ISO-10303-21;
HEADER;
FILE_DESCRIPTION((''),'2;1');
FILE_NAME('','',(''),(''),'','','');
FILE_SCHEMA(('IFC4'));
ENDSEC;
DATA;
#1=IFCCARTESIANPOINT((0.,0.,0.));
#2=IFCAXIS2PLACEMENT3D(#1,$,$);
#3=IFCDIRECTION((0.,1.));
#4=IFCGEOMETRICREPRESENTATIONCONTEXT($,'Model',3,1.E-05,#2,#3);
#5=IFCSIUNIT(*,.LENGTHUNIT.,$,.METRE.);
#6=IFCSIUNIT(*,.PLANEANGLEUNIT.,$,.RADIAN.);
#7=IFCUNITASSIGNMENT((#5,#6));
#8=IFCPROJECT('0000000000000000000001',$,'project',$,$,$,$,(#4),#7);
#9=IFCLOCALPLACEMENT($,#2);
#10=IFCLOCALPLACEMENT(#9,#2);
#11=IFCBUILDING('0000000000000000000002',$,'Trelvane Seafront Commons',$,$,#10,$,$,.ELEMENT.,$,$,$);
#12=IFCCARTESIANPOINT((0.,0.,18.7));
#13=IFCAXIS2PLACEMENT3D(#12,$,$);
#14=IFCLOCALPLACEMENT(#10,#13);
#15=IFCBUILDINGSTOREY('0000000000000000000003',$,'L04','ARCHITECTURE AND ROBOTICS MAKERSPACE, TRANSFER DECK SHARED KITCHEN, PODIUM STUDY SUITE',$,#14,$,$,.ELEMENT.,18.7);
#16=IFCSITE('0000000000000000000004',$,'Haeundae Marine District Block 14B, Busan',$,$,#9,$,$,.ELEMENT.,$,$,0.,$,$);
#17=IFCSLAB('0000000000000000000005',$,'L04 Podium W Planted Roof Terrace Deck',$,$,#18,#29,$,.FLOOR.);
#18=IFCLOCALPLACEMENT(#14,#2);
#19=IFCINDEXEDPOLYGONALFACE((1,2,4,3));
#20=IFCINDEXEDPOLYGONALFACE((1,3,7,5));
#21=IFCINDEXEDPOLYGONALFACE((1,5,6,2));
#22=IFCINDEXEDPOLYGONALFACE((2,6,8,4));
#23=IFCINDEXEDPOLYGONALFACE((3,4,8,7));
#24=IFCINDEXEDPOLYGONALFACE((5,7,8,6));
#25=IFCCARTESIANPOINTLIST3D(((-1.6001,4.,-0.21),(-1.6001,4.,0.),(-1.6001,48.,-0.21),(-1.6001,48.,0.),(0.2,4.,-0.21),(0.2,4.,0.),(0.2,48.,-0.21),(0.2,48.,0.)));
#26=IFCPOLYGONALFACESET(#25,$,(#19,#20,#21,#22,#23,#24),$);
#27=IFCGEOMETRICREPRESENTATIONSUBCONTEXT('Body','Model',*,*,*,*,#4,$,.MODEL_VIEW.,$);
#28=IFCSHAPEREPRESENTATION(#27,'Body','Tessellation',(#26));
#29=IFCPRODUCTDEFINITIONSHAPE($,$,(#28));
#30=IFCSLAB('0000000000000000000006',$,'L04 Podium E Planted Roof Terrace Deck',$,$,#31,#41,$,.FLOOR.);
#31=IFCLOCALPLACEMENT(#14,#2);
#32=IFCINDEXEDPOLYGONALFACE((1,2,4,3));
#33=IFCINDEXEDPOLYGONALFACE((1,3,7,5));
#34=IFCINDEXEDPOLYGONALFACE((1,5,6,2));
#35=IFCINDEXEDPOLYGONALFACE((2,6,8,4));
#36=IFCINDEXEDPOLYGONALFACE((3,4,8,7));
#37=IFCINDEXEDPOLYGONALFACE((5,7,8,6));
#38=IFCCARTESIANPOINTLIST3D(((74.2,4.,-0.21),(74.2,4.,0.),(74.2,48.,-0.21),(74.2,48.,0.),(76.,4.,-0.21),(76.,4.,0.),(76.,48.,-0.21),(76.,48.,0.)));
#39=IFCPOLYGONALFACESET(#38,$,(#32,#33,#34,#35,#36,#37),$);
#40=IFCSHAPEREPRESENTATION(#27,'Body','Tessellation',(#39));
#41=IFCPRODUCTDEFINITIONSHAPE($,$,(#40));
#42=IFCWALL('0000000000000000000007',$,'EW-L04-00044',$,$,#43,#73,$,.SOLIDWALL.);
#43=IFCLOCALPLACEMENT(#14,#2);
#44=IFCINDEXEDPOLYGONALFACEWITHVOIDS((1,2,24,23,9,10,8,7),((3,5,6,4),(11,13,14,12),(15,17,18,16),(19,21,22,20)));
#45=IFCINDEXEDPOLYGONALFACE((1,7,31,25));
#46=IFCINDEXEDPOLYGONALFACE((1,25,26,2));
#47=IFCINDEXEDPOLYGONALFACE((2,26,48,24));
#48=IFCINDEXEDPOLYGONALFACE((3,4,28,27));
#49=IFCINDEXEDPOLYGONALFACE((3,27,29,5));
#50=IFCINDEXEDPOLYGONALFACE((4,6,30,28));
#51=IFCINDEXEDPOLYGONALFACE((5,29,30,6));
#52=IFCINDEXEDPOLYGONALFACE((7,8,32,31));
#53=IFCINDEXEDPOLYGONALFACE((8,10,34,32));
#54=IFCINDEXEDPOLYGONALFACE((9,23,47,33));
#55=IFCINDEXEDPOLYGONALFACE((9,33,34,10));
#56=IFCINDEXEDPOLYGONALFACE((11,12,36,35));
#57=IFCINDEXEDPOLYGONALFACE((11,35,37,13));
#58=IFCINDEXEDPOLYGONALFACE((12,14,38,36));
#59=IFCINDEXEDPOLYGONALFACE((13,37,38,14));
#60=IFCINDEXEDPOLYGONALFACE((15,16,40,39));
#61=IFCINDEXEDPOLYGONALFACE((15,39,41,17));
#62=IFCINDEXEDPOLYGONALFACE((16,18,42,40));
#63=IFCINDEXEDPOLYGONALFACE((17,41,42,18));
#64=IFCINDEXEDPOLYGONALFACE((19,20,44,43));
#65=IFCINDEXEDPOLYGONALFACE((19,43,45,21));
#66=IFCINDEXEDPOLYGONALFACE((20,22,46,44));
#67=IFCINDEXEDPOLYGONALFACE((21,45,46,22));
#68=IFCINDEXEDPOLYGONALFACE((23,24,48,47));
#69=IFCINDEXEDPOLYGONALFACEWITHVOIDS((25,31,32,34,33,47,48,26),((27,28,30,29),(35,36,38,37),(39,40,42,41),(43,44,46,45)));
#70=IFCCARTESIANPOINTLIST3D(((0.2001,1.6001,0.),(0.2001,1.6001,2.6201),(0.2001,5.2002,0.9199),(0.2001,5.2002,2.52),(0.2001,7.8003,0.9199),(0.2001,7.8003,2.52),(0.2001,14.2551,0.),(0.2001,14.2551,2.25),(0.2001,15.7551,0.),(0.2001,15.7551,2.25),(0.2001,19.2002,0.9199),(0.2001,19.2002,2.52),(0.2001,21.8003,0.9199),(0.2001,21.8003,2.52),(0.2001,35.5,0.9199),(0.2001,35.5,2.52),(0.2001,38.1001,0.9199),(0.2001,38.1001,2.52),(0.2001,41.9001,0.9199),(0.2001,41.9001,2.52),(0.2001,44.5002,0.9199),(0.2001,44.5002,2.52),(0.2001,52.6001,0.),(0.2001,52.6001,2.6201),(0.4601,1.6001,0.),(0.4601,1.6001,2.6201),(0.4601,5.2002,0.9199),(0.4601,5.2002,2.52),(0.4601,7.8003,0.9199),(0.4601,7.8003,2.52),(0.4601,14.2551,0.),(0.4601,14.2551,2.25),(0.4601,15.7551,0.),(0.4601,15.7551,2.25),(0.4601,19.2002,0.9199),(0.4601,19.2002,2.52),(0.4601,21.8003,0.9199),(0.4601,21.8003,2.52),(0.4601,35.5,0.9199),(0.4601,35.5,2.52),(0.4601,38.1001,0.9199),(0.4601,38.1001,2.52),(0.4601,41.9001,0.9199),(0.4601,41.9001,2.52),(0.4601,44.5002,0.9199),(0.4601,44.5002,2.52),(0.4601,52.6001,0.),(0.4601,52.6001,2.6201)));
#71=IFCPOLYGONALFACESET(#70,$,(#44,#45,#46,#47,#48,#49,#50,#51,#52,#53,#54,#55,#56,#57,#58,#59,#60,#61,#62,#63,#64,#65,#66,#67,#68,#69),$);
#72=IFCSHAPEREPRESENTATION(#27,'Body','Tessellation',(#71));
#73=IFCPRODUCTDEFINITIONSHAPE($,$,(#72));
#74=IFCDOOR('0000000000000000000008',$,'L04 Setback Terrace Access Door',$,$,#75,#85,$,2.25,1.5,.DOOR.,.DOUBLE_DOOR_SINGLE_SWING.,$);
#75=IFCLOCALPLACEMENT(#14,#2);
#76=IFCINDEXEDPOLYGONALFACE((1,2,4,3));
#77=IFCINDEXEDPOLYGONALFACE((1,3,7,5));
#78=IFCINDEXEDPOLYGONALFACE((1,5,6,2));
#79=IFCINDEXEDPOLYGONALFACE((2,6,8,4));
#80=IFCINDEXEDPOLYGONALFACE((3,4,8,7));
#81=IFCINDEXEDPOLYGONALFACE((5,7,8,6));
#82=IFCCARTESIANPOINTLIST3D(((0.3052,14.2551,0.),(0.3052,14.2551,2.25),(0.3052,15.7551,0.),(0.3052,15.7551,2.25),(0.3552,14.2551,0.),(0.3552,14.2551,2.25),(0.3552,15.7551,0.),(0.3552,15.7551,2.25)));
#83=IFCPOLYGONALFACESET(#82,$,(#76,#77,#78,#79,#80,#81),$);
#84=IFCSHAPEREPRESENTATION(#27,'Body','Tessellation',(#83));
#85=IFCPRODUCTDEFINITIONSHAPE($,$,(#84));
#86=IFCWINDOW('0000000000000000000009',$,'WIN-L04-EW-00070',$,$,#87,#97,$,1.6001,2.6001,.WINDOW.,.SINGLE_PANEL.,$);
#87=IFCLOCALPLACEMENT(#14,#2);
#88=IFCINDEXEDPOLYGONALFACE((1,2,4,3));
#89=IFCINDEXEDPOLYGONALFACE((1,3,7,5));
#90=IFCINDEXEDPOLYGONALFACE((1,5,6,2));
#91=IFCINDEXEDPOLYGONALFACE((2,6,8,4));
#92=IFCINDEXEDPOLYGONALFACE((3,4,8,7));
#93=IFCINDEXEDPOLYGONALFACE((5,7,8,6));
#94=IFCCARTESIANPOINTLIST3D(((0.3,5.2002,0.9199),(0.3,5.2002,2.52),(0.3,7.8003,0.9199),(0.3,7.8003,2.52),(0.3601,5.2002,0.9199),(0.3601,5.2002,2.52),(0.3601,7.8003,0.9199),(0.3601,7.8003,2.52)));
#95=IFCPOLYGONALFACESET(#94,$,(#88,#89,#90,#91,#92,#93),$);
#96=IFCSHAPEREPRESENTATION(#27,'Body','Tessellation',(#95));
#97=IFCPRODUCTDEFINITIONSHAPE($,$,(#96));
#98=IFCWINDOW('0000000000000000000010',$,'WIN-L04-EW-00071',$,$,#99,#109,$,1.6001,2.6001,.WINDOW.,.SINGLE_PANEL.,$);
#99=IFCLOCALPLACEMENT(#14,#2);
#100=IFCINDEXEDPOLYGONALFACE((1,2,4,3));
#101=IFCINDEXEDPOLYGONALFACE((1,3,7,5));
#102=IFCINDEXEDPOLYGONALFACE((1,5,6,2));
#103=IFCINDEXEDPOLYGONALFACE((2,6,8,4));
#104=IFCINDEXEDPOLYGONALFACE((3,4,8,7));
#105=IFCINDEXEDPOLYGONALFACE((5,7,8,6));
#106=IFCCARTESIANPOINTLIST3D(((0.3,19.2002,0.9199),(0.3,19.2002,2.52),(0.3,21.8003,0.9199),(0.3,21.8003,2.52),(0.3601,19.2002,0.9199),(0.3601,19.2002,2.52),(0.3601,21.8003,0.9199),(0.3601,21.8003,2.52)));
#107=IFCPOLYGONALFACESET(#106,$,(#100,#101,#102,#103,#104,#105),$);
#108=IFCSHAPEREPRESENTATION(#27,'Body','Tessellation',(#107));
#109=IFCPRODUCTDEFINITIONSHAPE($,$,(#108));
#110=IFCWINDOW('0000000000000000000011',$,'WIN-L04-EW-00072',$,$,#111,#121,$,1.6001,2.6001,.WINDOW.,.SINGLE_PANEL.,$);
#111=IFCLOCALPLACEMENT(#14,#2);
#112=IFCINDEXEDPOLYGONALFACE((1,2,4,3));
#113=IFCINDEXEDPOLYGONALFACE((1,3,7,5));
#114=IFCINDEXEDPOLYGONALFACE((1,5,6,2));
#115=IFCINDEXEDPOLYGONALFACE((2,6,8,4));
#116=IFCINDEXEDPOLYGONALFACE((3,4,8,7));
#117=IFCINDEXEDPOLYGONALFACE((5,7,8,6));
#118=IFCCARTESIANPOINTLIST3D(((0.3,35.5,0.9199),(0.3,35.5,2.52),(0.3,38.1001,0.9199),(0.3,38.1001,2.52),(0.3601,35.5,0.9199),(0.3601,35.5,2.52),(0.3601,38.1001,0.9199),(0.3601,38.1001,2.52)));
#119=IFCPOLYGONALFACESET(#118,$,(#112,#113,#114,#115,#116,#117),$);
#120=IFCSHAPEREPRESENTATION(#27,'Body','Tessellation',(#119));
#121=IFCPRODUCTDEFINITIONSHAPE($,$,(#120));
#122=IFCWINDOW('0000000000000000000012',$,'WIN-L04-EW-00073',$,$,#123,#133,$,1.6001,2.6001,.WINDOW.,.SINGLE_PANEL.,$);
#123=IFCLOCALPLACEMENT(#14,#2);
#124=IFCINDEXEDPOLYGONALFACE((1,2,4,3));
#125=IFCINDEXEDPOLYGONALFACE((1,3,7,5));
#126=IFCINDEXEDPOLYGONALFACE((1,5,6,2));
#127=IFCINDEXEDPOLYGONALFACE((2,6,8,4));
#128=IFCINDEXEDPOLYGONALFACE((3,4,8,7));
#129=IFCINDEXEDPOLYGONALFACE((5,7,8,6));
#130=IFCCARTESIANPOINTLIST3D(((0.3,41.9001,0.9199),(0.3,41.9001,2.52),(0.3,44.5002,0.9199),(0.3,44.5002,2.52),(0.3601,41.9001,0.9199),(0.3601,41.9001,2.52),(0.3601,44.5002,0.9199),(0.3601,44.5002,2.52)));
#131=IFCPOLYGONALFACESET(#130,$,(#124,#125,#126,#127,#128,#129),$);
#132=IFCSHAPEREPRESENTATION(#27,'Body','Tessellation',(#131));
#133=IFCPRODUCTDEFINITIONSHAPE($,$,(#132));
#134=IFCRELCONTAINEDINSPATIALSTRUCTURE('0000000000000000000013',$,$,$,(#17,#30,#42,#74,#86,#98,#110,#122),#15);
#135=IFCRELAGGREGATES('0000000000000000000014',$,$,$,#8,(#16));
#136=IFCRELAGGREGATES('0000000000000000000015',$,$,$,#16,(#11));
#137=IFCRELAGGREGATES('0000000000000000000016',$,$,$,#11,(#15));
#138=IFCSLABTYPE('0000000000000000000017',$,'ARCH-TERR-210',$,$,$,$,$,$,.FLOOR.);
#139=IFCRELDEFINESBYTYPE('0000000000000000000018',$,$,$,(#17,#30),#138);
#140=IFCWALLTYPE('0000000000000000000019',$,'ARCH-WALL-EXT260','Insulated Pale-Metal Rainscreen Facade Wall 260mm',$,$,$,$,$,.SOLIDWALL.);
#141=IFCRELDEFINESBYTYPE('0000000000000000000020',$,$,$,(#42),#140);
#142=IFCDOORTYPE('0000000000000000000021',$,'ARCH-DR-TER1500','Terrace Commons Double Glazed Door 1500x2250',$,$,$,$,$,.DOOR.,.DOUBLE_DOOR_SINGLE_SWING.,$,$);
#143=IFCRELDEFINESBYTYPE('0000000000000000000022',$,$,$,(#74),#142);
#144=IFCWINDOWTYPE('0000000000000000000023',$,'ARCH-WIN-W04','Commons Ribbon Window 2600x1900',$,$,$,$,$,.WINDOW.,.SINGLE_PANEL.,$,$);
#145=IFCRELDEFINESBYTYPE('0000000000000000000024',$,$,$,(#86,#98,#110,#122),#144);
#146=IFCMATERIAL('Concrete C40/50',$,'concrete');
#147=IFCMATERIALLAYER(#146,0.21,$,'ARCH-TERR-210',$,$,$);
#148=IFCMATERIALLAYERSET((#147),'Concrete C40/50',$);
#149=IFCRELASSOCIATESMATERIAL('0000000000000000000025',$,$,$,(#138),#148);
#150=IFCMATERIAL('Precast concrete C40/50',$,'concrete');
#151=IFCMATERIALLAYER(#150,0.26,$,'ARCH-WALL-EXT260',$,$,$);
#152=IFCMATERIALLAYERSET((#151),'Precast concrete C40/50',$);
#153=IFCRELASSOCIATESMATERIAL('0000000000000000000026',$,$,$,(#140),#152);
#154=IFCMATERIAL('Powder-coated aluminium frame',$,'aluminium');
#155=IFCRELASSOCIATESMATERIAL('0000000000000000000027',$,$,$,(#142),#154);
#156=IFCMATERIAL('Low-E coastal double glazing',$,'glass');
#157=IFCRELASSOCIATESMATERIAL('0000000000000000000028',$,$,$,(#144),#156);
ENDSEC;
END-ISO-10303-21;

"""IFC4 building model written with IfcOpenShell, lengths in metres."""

from ifc_helpers import new_model, si_unit, direction, frame, frame_2d, origin, place, context, subcontext, project, spatial, polyline, rectangle, outline, extrude, source, transform, mapped, material, layer, layer_set, type_object, element, fill, save


model = new_model("IFC4")

# Units and contexts
model_context = context("Model", 3, precision=1e-05, world=origin(), true_north=direction((0.0, 1.0)))
body_context = subcontext(model_context, "Body", "Model", "MODEL_VIEW")
ifc_project = project(units=[si_unit("LENGTHUNIT", "METRE"), si_unit("PLANEANGLEUNIT", "RADIAN")], contexts=[model_context])

# Site, building, storey
site_placement = place(None, origin())
site = spatial("IfcSite", under=ifc_project, at=site_placement, Name="Haeundae Marine District Block 14B, Busan", CompositionType="ELEMENT", RefElevation=0.0)
building_placement = place(site_placement, origin())
building = spatial("IfcBuilding", under=site, at=building_placement, Name="Trelvane Seafront Commons", CompositionType="ELEMENT")
storey_placement = place(building_placement, frame((0.0, 0.0, 18.7)))
storey = spatial("IfcBuildingStorey", under=building, at=storey_placement, Name="L04", Description="ARCHITECTURE AND ROBOTICS MAKERSPACE, TRANSFER DECK SHARED KITCHEN, PODIUM STUDY SUITE", CompositionType="ELEMENT", Elevation=18.7)

# Shared definitions
ifc_material_1 = material(Name="Concrete C40/50", Category="concrete")

# Slabs
ifc_layer_1 = layer(ifc_material_1, 0.21, Name="ARCH-TERR-210")
ifc_layer_set_1 = layer_set([ifc_layer_1], Name="Concrete C40/50")
slab_type_1 = type_object("IfcSlabType", Name="ARCH-TERR-210", PredefinedType="FLOOR", material=ifc_layer_set_1)
slab_1_placement = place(storey_placement, frame((0.0, 0.0, -0.21)))
element("IfcSlab", 1, at=slab_1_placement, inside=storey, type_object=slab_type_1, Name="L04 Podium W Planted Roof Terrace Deck", PredefinedType="FLOOR", context=body_context, shape_type="SweptSolid", body=[
    extrude(outline(polyline([(-1.6001, 4.0), (0.2, 4.0), (0.2, 48.0), (-1.6001, 48.0), (-1.6001, 4.0)])), origin(), (0.0, 0.0, 1.0), 0.21),
])
slab_2_placement = place(storey_placement, frame((0.0, 0.0, -0.21)))
element("IfcSlab", 2, at=slab_2_placement, inside=storey, type_object=slab_type_1, Name="L04 Podium E Planted Roof Terrace Deck", PredefinedType="FLOOR", context=body_context, shape_type="SweptSolid", body=[
    extrude(outline(polyline([(74.2, 4.0), (76.0, 4.0), (76.0, 48.0), (74.2, 48.0), (74.2, 4.0)])), origin(), (0.0, 0.0, 1.0), 0.21),
])

# Shared definitions
ifc_material_2 = material(Name="Low-E coastal double glazing", Category="glass")

# Wall, openings, door, windows
ifc_material_3 = material(Name="Precast concrete C40/50", Category="concrete")
ifc_layer_2 = layer(ifc_material_3, 0.26, Name="ARCH-WALL-EXT260")
ifc_layer_set_2 = layer_set([ifc_layer_2], Name="Precast concrete C40/50")
wall_type = type_object("IfcWallType", Name="ARCH-WALL-EXT260", Description="Insulated Pale-Metal Rainscreen Facade Wall 260mm", PredefinedType="SOLIDWALL", material=ifc_layer_set_2)
wall_placement = place(storey_placement, frame((0.3301, 1.6001, 0.0), z_axis=(0.0, 0.0, 1.0), x_axis=(0.0, 1.0, 0.0)))
wall = element("IfcWall", 3, at=wall_placement, inside=storey, type_object=wall_type, Name="EW-L04-00044", PredefinedType="SOLIDWALL", context=body_context, shape_type="SweptSolid", body=[
    extrude(rectangle(XDim=51.0, YDim=0.26, at=frame_2d((25.5, 0.0))), origin(), (0.0, 0.0, 1.0), 2.6201),
])
opening_1_placement = place(wall_placement, frame((12.655, 0.0, 0.0)))
opening_1 = element("IfcOpeningElement", 4, at=opening_1_placement, cuts=wall, PredefinedType="OPENING", context=body_context, shape_type="SweptSolid", body=[
    extrude(rectangle(XDim=1.5, YDim=2.25, at=frame_2d((0.75, 1.125))), frame((0.0, 0.1399, 0.0), z_axis=(0.0, -1.0, 0.0), x_axis=(1.0, 0.0, 0.0)), (0.0, 0.0, 1.0), 0.28),
])
opening_2_placement = place(wall_placement, frame((3.6001, 0.0, 0.9199)))
opening_2 = element("IfcOpeningElement", 5, at=opening_2_placement, cuts=wall, PredefinedType="OPENING", context=body_context, shape_type="SweptSolid", body=[
    extrude(rectangle(XDim=2.6001, YDim=1.6001, at=frame_2d((1.3, 0.8))), frame((0.0, 0.1399, 0.0), z_axis=(0.0, -1.0, 0.0), x_axis=(1.0, 0.0, 0.0)), (0.0, 0.0, 1.0), 0.28),
])
opening_3_placement = place(wall_placement, frame((17.6001, 0.0, 0.9199)))
opening_3 = element("IfcOpeningElement", 6, at=opening_3_placement, cuts=wall, PredefinedType="OPENING", context=body_context, shape_type="SweptSolid", body=[
    extrude(rectangle(XDim=2.6001, YDim=1.6001, at=frame_2d((1.3, 0.8))), frame((0.0, 0.1399, 0.0), z_axis=(0.0, -1.0, 0.0), x_axis=(1.0, 0.0, 0.0)), (0.0, 0.0, 1.0), 0.28),
])
opening_4_placement = place(wall_placement, frame((33.8999, 0.0, 0.9199)))
opening_4 = element("IfcOpeningElement", 7, at=opening_4_placement, cuts=wall, PredefinedType="OPENING", context=body_context, shape_type="SweptSolid", body=[
    extrude(rectangle(XDim=2.6001, YDim=1.6001, at=frame_2d((1.3, 0.8))), frame((0.0, 0.1399, 0.0), z_axis=(0.0, -1.0, 0.0), x_axis=(1.0, 0.0, 0.0)), (0.0, 0.0, 1.0), 0.28),
])
opening_5_placement = place(wall_placement, frame((40.3, 0.0, 0.9199)))
opening_5 = element("IfcOpeningElement", 8, at=opening_5_placement, cuts=wall, PredefinedType="OPENING", context=body_context, shape_type="SweptSolid", body=[
    extrude(rectangle(XDim=2.6001, YDim=1.6001, at=frame_2d((1.3, 0.8))), frame((0.0, 0.1399, 0.0), z_axis=(0.0, -1.0, 0.0), x_axis=(1.0, 0.0, 0.0)), (0.0, 0.0, 1.0), 0.28),
])
ifc_material_4 = material(Name="Powder-coated aluminium frame", Category="aluminium")
door_type = type_object("IfcDoorType", Name="ARCH-DR-TER1500", Description="Terrace Commons Double Glazed Door 1500x2250", OperationType="DOUBLE_DOOR_SINGLE_SWING", PredefinedType="DOOR", material=ifc_material_4)
shared_shape_1 = source(origin(), body_context, "Body", "SweptSolid", [
    extrude(rectangle(XDim=1.5, YDim=2.25, at=frame_2d((0.75, 1.125))), frame((0.0, 0.0249, 0.0), z_axis=(0.0, -1.0, 0.0), x_axis=(1.0, 0.0, 0.0)), (0.0, 0.0, 1.0), 0.05),
])
door_placement = place(opening_1_placement, origin())
door = element("IfcDoor", 9, at=door_placement, inside=storey, type_object=door_type, Name="L04 Setback Terrace Access Door", OperationType="DOUBLE_DOOR_SINGLE_SWING", OverallHeight=2.25, OverallWidth=1.5, PredefinedType="DOOR", context=body_context, shape_type="MappedRepresentation", body=[
    mapped(shared_shape_1, transform((0.0, 0.0, 0.0), x_axis=(1.0, 0.0, 0.0), y_axis=(0.0, 1.0, 0.0), z_axis=(0.0, 0.0, 1.0), scale=1.0)),
])
fill(opening_1, door)
window_type_1 = type_object("IfcWindowType", Name="ARCH-WIN-W04", Description="Commons Ribbon Window 2600x1900", PartitioningType="SINGLE_PANEL", PredefinedType="WINDOW", material=ifc_material_2)
shared_shape_2 = source(origin(), body_context, "Body", "SweptSolid", [
    extrude(rectangle(XDim=2.6001, YDim=1.6001, at=frame_2d((1.3, 0.8))), frame((0.0, 0.03, 0.0), z_axis=(0.0, -1.0, 0.0), x_axis=(1.0, 0.0, 0.0)), (0.0, 0.0, 1.0), 0.0601),
])
window_1_placement = place(opening_2_placement, origin())
window_1 = element("IfcWindow", 10, at=window_1_placement, inside=storey, type_object=window_type_1, Name="WIN-L04-EW-00070", OverallHeight=1.6001, OverallWidth=2.6001, PartitioningType="SINGLE_PANEL", PredefinedType="WINDOW", context=body_context, shape_type="MappedRepresentation", body=[
    mapped(shared_shape_2, transform((0.0, 0.0, 0.0), x_axis=(1.0, 0.0, 0.0), y_axis=(0.0, 1.0, 0.0), z_axis=(0.0, 0.0, 1.0), scale=1.0)),
])
fill(opening_2, window_1)
window_2_placement = place(opening_3_placement, origin())
window_2 = element("IfcWindow", 11, at=window_2_placement, inside=storey, type_object=window_type_1, Name="WIN-L04-EW-00071", OverallHeight=1.6001, OverallWidth=2.6001, PartitioningType="SINGLE_PANEL", PredefinedType="WINDOW", context=body_context, shape_type="MappedRepresentation", body=[
    mapped(shared_shape_2, transform((0.0, 0.0, 0.0), x_axis=(1.0, 0.0, 0.0), y_axis=(0.0, 1.0, 0.0), z_axis=(0.0, 0.0, 1.0), scale=1.0)),
])
fill(opening_3, window_2)
window_3_placement = place(opening_4_placement, origin())
window_3 = element("IfcWindow", 12, at=window_3_placement, inside=storey, type_object=window_type_1, Name="WIN-L04-EW-00072", OverallHeight=1.6001, OverallWidth=2.6001, PartitioningType="SINGLE_PANEL", PredefinedType="WINDOW", context=body_context, shape_type="MappedRepresentation", body=[
    mapped(shared_shape_2, transform((0.0, 0.0, 0.0), x_axis=(1.0, 0.0, 0.0), y_axis=(0.0, 1.0, 0.0), z_axis=(0.0, 0.0, 1.0), scale=1.0)),
])
fill(opening_4, window_3)
window_4_placement = place(opening_5_placement, origin())
window_4 = element("IfcWindow", 13, at=window_4_placement, inside=storey, type_object=window_type_1, Name="WIN-L04-EW-00073", OverallHeight=1.6001, OverallWidth=2.6001, PartitioningType="SINGLE_PANEL", PredefinedType="WINDOW", context=body_context, shape_type="MappedRepresentation", body=[
    mapped(shared_shape_2, transform((0.0, 0.0, 0.0), x_axis=(1.0, 0.0, 0.0), y_axis=(0.0, 1.0, 0.0), z_axis=(0.0, 0.0, 1.0), scale=1.0)),
])
fill(opening_5, window_4)

save(model, "model.ifc")
